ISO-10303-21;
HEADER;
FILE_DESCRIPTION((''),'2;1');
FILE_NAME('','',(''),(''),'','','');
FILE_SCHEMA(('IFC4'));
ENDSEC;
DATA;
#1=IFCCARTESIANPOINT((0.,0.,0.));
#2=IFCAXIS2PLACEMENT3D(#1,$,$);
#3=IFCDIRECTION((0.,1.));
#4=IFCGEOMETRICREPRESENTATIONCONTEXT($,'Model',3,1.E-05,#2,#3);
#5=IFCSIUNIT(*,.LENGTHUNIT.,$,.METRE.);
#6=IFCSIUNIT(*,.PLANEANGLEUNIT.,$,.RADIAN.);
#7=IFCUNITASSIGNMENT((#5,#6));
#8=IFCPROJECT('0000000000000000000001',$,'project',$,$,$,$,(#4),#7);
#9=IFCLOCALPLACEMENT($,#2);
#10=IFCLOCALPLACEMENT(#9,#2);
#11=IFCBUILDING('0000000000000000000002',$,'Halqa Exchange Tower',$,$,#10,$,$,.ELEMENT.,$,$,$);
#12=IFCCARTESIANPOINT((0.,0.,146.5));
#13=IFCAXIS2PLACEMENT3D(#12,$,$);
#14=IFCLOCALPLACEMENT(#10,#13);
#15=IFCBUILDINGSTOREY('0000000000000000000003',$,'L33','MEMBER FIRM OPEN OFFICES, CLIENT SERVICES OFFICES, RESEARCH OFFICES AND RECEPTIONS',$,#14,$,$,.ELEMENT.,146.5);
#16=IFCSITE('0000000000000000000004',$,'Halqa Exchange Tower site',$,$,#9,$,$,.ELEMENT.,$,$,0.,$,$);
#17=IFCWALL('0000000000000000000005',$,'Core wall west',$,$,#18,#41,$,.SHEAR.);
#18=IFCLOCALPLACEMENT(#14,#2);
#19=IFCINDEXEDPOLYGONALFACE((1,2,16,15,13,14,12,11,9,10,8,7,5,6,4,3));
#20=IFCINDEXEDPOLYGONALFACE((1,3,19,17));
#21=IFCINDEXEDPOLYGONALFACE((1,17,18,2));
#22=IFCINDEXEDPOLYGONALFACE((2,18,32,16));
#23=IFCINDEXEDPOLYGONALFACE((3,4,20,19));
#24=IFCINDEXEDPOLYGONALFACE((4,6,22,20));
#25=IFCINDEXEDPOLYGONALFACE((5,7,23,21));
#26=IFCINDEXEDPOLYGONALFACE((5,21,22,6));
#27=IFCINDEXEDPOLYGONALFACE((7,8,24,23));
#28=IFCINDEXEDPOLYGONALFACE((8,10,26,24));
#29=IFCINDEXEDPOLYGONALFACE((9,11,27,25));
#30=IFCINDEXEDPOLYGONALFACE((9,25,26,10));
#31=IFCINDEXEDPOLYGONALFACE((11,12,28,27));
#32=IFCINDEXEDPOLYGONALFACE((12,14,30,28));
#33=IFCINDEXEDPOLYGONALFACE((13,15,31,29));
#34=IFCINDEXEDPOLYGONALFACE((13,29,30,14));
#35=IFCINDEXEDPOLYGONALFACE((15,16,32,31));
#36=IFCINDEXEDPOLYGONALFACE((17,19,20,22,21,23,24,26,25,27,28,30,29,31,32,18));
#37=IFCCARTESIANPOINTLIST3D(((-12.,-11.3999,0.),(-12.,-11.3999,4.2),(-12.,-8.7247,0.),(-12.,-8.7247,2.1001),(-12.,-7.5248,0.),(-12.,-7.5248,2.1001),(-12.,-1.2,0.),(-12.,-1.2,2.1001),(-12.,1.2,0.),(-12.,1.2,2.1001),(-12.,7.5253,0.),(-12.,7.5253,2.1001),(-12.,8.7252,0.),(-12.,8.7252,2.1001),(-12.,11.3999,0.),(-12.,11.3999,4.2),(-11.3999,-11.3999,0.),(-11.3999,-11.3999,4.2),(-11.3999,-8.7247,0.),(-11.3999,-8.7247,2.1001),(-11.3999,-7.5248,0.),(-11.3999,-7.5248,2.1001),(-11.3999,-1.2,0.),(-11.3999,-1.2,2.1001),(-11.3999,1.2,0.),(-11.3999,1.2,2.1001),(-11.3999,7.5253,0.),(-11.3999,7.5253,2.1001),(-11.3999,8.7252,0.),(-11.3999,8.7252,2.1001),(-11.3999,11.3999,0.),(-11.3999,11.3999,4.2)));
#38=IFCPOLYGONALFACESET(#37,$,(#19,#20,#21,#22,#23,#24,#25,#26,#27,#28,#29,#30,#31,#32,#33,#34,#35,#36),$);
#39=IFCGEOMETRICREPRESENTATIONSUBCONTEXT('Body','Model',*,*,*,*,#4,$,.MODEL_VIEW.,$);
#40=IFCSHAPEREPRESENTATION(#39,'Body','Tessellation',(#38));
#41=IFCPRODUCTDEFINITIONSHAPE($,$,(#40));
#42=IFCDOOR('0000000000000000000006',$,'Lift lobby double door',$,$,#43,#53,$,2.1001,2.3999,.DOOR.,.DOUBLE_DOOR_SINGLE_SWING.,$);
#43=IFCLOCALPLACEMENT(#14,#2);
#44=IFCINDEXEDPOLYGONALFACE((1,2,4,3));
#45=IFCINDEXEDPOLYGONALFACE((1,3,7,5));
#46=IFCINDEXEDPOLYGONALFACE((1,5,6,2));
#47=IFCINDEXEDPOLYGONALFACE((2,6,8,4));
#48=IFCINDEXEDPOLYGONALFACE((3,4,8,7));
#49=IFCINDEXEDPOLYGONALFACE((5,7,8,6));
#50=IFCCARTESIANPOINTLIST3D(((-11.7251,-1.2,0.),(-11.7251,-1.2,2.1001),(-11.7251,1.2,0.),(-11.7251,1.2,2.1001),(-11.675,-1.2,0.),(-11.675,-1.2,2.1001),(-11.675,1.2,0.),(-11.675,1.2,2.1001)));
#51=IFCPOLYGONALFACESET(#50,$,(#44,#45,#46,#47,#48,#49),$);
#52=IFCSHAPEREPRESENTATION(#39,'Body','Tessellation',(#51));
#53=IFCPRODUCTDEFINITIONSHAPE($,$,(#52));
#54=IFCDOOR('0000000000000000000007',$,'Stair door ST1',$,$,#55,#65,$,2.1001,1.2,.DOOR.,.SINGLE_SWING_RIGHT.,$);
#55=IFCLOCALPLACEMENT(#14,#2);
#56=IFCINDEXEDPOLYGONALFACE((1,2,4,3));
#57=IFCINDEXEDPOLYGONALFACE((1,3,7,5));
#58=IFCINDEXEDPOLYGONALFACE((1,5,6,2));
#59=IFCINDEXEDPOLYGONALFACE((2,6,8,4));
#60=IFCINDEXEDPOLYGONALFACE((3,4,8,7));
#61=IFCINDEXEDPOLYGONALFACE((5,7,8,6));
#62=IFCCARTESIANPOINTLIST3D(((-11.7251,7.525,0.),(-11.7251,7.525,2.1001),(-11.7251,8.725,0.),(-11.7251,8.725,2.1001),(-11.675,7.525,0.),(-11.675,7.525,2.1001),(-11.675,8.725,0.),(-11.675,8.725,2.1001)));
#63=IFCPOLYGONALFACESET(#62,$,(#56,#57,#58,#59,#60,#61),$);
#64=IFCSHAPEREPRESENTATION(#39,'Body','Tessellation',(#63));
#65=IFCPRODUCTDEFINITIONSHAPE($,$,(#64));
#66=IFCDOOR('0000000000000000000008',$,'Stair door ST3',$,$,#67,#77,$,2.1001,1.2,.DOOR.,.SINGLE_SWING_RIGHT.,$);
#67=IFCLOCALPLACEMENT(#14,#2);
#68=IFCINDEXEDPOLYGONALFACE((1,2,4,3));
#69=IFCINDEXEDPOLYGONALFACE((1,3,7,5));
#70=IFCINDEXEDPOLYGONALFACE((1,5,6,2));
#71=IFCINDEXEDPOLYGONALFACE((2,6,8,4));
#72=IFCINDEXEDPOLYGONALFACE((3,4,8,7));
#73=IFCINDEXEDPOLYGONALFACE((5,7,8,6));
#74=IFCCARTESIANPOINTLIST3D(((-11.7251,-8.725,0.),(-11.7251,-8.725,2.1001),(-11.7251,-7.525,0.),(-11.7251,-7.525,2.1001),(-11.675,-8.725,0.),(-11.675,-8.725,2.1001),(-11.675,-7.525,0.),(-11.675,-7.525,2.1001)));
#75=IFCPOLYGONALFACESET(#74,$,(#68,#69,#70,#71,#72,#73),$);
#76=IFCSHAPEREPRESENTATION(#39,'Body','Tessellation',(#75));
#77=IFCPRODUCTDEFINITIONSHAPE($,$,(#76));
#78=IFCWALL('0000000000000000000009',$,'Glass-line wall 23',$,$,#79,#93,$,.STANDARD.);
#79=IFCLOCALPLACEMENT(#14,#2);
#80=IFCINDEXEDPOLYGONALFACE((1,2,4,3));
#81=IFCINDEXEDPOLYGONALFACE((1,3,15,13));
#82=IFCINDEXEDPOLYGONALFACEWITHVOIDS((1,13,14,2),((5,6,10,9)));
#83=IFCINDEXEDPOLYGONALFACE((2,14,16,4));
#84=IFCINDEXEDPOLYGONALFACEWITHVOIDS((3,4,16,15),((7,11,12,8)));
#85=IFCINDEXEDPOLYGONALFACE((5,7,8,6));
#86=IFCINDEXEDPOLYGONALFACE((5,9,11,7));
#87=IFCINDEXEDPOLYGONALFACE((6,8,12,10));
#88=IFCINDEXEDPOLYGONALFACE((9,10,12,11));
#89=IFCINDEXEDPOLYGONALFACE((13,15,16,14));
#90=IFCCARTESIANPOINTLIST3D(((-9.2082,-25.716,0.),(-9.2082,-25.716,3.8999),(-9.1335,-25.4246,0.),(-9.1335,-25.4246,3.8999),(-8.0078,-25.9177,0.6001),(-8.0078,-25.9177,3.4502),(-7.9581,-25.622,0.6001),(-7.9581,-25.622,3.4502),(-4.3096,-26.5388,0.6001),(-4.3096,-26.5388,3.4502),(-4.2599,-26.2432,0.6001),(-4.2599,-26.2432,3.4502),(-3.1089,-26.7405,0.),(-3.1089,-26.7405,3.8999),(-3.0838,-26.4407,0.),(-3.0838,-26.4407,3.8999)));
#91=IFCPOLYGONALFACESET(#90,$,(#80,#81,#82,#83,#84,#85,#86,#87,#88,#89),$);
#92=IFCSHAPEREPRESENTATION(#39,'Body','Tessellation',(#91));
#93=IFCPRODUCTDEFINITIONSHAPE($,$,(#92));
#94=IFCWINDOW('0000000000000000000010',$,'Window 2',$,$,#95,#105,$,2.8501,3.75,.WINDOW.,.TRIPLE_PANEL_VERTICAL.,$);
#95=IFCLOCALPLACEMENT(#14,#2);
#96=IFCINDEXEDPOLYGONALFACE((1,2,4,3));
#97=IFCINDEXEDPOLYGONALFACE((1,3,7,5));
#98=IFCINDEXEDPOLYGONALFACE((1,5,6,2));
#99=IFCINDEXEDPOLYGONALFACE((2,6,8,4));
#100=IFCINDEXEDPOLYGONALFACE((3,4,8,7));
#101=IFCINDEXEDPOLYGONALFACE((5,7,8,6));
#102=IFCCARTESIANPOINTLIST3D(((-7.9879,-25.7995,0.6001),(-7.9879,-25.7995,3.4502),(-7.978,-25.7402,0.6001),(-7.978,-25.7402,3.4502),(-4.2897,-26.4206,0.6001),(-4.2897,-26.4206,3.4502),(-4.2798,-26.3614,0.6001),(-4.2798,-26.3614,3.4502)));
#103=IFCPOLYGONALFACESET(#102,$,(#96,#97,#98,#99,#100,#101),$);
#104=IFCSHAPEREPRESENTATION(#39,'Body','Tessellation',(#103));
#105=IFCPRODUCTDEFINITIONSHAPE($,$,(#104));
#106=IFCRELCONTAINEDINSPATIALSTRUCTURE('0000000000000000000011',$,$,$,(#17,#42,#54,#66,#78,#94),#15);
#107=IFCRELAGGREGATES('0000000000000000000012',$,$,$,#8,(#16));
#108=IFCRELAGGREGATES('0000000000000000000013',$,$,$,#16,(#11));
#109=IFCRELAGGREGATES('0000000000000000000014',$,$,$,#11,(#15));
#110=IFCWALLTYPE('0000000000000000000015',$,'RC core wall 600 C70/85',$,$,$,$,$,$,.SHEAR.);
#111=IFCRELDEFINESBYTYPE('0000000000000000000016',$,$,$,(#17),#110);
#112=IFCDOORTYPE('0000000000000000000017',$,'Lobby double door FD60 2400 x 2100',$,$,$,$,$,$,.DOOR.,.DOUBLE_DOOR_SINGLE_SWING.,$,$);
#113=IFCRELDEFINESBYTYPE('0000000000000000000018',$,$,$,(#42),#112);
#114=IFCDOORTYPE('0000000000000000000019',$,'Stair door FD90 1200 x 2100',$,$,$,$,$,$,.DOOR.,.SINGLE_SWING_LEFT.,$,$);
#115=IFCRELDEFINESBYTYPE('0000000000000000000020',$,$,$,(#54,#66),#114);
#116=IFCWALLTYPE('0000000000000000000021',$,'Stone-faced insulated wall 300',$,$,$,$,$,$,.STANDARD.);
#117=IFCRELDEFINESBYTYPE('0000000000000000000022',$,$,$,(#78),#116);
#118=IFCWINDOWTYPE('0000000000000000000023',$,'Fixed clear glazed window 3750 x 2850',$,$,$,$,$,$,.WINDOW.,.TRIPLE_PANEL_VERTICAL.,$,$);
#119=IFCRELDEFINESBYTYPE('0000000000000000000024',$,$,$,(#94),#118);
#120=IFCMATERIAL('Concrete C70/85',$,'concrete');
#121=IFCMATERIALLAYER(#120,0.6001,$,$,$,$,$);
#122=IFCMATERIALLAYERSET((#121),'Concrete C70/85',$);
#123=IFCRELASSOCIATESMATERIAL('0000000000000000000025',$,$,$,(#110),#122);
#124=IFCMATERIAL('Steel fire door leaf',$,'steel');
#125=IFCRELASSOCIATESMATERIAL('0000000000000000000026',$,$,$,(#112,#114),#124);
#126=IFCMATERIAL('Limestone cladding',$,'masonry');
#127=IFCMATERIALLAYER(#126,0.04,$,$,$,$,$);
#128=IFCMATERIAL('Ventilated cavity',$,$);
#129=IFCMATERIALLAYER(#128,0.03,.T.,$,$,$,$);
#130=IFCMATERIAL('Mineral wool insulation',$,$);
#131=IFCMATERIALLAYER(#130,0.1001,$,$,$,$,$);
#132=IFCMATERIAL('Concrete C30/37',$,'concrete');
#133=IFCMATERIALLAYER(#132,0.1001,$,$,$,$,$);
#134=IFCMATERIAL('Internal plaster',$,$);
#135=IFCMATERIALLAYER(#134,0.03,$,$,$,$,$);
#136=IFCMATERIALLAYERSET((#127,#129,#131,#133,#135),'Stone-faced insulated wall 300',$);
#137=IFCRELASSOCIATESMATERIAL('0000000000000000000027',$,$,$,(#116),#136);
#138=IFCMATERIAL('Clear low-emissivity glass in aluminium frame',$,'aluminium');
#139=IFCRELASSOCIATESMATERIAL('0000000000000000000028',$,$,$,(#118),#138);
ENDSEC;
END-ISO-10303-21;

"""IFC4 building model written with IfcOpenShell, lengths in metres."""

from ifc_helpers import new_model, si_unit, direction, frame, frame_2d, origin, place, context, subcontext, project, spatial, polyline, rectangle, outline, extrude, material, layer, layer_set, type_object, element, fill, save


model = new_model("IFC4")

# Units and contexts
model_context = context("Model", 3, precision=1e-05, world=origin(), true_north=direction((0.0, 1.0)))
body_context = subcontext(model_context, "Body", "Model", "MODEL_VIEW")
ifc_project = project(units=[si_unit("LENGTHUNIT", "METRE"), si_unit("PLANEANGLEUNIT", "RADIAN")], contexts=[model_context])

# Site, building, storey
site_placement = place(None, origin())
site = spatial("IfcSite", under=ifc_project, at=site_placement, Name="Halqa Exchange Tower site", CompositionType="ELEMENT", RefElevation=0.0)
building_placement = place(site_placement, origin())
building = spatial("IfcBuilding", under=site, at=building_placement, Name="Halqa Exchange Tower", CompositionType="ELEMENT")
storey_placement = place(building_placement, frame((0.0, 0.0, 146.5)))
storey = spatial("IfcBuildingStorey", under=building, at=storey_placement, Name="L33", Description="MEMBER FIRM OPEN OFFICES, CLIENT SERVICES OFFICES, RESEARCH OFFICES AND RECEPTIONS", CompositionType="ELEMENT", Elevation=146.5)

# Shared definitions
ifc_material_1 = material(Name="Concrete C70/85", Category="concrete")

# Wall, openings, doors
ifc_layer_1 = layer(ifc_material_1, 0.6001)
ifc_layer_set_1 = layer_set([ifc_layer_1], Name="Concrete C70/85")
wall_type_1 = type_object("IfcWallType", Name="RC core wall 600 C70/85", PredefinedType="SHEAR", material=ifc_layer_set_1)
wall_1_placement = place(storey_placement, frame((-11.7, -11.3999, 0.0), z_axis=(0.0, 0.0, 1.0), x_axis=(0.0, 1.0, 0.0)))
wall_1 = element("IfcWall", 1, at=wall_1_placement, inside=storey, type_object=wall_type_1, Name="Core wall west", PredefinedType="SHEAR", context=body_context, shape_type="SweptSolid", body=[
    extrude(rectangle(XDim=22.7998, YDim=0.6001, at=frame_2d((11.3999, 0.0))), origin(), (0.0, 0.0, 1.0), 4.2),
])
opening_1_placement = place(wall_1_placement, frame((10.2, 0.0, 0.0)))
opening_1 = element("IfcOpeningElement", 2, at=opening_1_placement, cuts=wall_1, PredefinedType="OPENING", context=body_context, shape_type="SweptSolid", body=[
    extrude(rectangle(XDim=2.3999, YDim=2.1001, at=frame_2d((1.2, 1.05))), frame((0.0, 0.312, 0.0), z_axis=(0.0, -1.0, 0.0), x_axis=(1.0, 0.0, 0.0)), (0.0, 0.0, 1.0), 0.624),
])
opening_2_placement = place(wall_1_placement, frame((18.925, 0.0, 0.0)))
opening_2 = element("IfcOpeningElement", 3, at=opening_2_placement, cuts=wall_1, PredefinedType="OPENING", context=body_context, shape_type="SweptSolid", body=[
    extrude(rectangle(XDim=1.2, YDim=2.1001, at=frame_2d((0.6001, 1.05))), frame((0.0, 0.312, 0.0), z_axis=(0.0, -1.0, 0.0), x_axis=(1.0, 0.0, 0.0)), (0.0, 0.0, 1.0), 0.624),
])
opening_3_placement = place(wall_1_placement, frame((2.675, 0.0, 0.0)))
opening_3 = element("IfcOpeningElement", 4, at=opening_3_placement, cuts=wall_1, PredefinedType="OPENING", context=body_context, shape_type="SweptSolid", body=[
    extrude(rectangle(XDim=1.2, YDim=2.1001, at=frame_2d((0.6001, 1.05))), frame((0.0, 0.312, 0.0), z_axis=(0.0, -1.0, 0.0), x_axis=(1.0, 0.0, 0.0)), (0.0, 0.0, 1.0), 0.624),
])
ifc_material_2 = material(Name="Steel fire door leaf", Category="steel")
door_type_1 = type_object("IfcDoorType", Name="Lobby double door FD60 2400 x 2100", OperationType="DOUBLE_DOOR_SINGLE_SWING", PredefinedType="DOOR", material=ifc_material_2)
door_1_placement = place(opening_1_placement, frame((2.3999, 0.0, 0.0), z_axis=(0.0, 0.0, 1.0), x_axis=(-1.0, 0.0, 0.0)))
door_1 = element("IfcDoor", 5, at=door_1_placement, inside=storey, type_object=door_type_1, Name="Lift lobby double door", OperationType="DOUBLE_DOOR_SINGLE_SWING", OverallHeight=2.1001, OverallWidth=2.3999, PredefinedType="DOOR", context=body_context, shape_type="SweptSolid", body=[
    extrude(rectangle(XDim=2.3999, YDim=2.1001, at=frame_2d((1.2, 1.05))), frame((0.0, 0.0249, 0.0), z_axis=(0.0, -1.0, 0.0), x_axis=(1.0, 0.0, 0.0)), (0.0, 0.0, 1.0), 0.05),
])
fill(opening_1, door_1)
door_type_2 = type_object("IfcDoorType", Name="Stair door FD90 1200 x 2100", OperationType="SINGLE_SWING_LEFT", PredefinedType="DOOR", material=ifc_material_2)
door_2_placement = place(opening_2_placement, frame((1.2, 0.0, 0.0), z_axis=(0.0, 0.0, 1.0), x_axis=(-1.0, 0.0, 0.0)))
door_2 = element("IfcDoor", 6, at=door_2_placement, inside=storey, type_object=door_type_2, Name="Stair door ST1", OperationType="SINGLE_SWING_RIGHT", OverallHeight=2.1001, OverallWidth=1.2, PredefinedType="DOOR", context=body_context, shape_type="SweptSolid", body=[
    extrude(rectangle(XDim=1.2, YDim=2.1001, at=frame_2d((0.6001, 1.05))), frame((0.0, 0.0249, 0.0), z_axis=(0.0, -1.0, 0.0), x_axis=(1.0, 0.0, 0.0)), (0.0, 0.0, 1.0), 0.05),
])
fill(opening_2, door_2)
door_3_placement = place(opening_3_placement, frame((1.2, 0.0, 0.0), z_axis=(0.0, 0.0, 1.0), x_axis=(-1.0, 0.0, 0.0)))
door_3 = element("IfcDoor", 7, at=door_3_placement, inside=storey, type_object=door_type_2, Name="Stair door ST3", OperationType="SINGLE_SWING_RIGHT", OverallHeight=2.1001, OverallWidth=1.2, PredefinedType="DOOR", context=body_context, shape_type="SweptSolid", body=[
    extrude(rectangle(XDim=1.2, YDim=2.1001, at=frame_2d((0.6001, 1.05))), frame((0.0, 0.0249, 0.0), z_axis=(0.0, -1.0, 0.0), x_axis=(1.0, 0.0, 0.0)), (0.0, 0.0, 1.0), 0.05),
])
fill(opening_3, door_3)

# Wall, opening, window
ifc_material_3 = material(Name="Limestone cladding", Category="masonry")
ifc_layer_2 = layer(ifc_material_3, 0.04)
ifc_material_4 = material(Name="Ventilated cavity")
ifc_layer_3 = layer(ifc_material_4, 0.03, ventilated=True)
ifc_material_5 = material(Name="Mineral wool insulation")
ifc_layer_4 = layer(ifc_material_5, 0.1001)
ifc_material_6 = material(Name="Concrete C30/37", Category="concrete")
ifc_layer_5 = layer(ifc_material_6, 0.1001)
ifc_material_7 = material(Name="Internal plaster")
ifc_layer_6 = layer(ifc_material_7, 0.03)
ifc_layer_set_2 = layer_set([ifc_layer_2, ifc_layer_3, ifc_layer_4, ifc_layer_5, ifc_layer_6], Name="Stone-faced insulated wall 300")
wall_type_2 = type_object("IfcWallType", Name="Stone-faced insulated wall 300", PredefinedType="STANDARD", material=ifc_layer_set_2)
wall_2_placement = place(storey_placement, frame((-9.1709, -25.5703, 0.0), z_axis=(0.0, 0.0, 1.0), x_axis=(0.986186, -0.165639, 0.0)))
wall_2 = element("IfcWall", 8, at=wall_2_placement, inside=storey, type_object=wall_type_2, Name="Glass-line wall 23", PredefinedType="STANDARD", context=body_context, shape_type="SweptSolid", body=[
    extrude(outline(polyline([(-0.0127, -0.1499), (6.1721, -0.1499), (6.1472, 0.1499), (0.0127, 0.1499), (-0.0127, -0.1499)])), origin(), (0.0, 0.0, 1.0), 3.8999),
])
opening_4_placement = place(wall_2_placement, frame((1.2046, 0.0, 0.6001)))
opening_4 = element("IfcOpeningElement", 9, at=opening_4_placement, cuts=wall_2, PredefinedType="OPENING", context=body_context, shape_type="SweptSolid", body=[
    extrude(rectangle(XDim=3.75, YDim=2.8501, at=frame_2d((1.875, 1.425))), frame((0.0, 0.1621, 0.0), z_axis=(0.0, -1.0, 0.0), x_axis=(1.0, 0.0, 0.0)), (0.0, 0.0, 1.0), 0.324),
])
ifc_material_8 = material(Name="Clear low-emissivity glass in aluminium frame", Category="aluminium")
window_type = type_object("IfcWindowType", Name="Fixed clear glazed window 3750 x 2850", PartitioningType="TRIPLE_PANEL_VERTICAL", PredefinedType="WINDOW", material=ifc_material_8)
window_placement = place(opening_4_placement, origin())
window = element("IfcWindow", 10, at=window_placement, inside=storey, type_object=window_type, Name="Window 2", OverallHeight=2.8501, OverallWidth=3.75, PartitioningType="TRIPLE_PANEL_VERTICAL", PredefinedType="WINDOW", context=body_context, shape_type="SweptSolid", body=[
    extrude(rectangle(XDim=3.75, YDim=2.8501, at=frame_2d((1.875, 1.425))), frame((0.0, 0.03, 0.0), z_axis=(0.0, -1.0, 0.0), x_axis=(1.0, 0.0, 0.0)), (0.0, 0.0, 1.0), 0.0601),
])
fill(opening_4, window)

save(model, "model.ifc")
